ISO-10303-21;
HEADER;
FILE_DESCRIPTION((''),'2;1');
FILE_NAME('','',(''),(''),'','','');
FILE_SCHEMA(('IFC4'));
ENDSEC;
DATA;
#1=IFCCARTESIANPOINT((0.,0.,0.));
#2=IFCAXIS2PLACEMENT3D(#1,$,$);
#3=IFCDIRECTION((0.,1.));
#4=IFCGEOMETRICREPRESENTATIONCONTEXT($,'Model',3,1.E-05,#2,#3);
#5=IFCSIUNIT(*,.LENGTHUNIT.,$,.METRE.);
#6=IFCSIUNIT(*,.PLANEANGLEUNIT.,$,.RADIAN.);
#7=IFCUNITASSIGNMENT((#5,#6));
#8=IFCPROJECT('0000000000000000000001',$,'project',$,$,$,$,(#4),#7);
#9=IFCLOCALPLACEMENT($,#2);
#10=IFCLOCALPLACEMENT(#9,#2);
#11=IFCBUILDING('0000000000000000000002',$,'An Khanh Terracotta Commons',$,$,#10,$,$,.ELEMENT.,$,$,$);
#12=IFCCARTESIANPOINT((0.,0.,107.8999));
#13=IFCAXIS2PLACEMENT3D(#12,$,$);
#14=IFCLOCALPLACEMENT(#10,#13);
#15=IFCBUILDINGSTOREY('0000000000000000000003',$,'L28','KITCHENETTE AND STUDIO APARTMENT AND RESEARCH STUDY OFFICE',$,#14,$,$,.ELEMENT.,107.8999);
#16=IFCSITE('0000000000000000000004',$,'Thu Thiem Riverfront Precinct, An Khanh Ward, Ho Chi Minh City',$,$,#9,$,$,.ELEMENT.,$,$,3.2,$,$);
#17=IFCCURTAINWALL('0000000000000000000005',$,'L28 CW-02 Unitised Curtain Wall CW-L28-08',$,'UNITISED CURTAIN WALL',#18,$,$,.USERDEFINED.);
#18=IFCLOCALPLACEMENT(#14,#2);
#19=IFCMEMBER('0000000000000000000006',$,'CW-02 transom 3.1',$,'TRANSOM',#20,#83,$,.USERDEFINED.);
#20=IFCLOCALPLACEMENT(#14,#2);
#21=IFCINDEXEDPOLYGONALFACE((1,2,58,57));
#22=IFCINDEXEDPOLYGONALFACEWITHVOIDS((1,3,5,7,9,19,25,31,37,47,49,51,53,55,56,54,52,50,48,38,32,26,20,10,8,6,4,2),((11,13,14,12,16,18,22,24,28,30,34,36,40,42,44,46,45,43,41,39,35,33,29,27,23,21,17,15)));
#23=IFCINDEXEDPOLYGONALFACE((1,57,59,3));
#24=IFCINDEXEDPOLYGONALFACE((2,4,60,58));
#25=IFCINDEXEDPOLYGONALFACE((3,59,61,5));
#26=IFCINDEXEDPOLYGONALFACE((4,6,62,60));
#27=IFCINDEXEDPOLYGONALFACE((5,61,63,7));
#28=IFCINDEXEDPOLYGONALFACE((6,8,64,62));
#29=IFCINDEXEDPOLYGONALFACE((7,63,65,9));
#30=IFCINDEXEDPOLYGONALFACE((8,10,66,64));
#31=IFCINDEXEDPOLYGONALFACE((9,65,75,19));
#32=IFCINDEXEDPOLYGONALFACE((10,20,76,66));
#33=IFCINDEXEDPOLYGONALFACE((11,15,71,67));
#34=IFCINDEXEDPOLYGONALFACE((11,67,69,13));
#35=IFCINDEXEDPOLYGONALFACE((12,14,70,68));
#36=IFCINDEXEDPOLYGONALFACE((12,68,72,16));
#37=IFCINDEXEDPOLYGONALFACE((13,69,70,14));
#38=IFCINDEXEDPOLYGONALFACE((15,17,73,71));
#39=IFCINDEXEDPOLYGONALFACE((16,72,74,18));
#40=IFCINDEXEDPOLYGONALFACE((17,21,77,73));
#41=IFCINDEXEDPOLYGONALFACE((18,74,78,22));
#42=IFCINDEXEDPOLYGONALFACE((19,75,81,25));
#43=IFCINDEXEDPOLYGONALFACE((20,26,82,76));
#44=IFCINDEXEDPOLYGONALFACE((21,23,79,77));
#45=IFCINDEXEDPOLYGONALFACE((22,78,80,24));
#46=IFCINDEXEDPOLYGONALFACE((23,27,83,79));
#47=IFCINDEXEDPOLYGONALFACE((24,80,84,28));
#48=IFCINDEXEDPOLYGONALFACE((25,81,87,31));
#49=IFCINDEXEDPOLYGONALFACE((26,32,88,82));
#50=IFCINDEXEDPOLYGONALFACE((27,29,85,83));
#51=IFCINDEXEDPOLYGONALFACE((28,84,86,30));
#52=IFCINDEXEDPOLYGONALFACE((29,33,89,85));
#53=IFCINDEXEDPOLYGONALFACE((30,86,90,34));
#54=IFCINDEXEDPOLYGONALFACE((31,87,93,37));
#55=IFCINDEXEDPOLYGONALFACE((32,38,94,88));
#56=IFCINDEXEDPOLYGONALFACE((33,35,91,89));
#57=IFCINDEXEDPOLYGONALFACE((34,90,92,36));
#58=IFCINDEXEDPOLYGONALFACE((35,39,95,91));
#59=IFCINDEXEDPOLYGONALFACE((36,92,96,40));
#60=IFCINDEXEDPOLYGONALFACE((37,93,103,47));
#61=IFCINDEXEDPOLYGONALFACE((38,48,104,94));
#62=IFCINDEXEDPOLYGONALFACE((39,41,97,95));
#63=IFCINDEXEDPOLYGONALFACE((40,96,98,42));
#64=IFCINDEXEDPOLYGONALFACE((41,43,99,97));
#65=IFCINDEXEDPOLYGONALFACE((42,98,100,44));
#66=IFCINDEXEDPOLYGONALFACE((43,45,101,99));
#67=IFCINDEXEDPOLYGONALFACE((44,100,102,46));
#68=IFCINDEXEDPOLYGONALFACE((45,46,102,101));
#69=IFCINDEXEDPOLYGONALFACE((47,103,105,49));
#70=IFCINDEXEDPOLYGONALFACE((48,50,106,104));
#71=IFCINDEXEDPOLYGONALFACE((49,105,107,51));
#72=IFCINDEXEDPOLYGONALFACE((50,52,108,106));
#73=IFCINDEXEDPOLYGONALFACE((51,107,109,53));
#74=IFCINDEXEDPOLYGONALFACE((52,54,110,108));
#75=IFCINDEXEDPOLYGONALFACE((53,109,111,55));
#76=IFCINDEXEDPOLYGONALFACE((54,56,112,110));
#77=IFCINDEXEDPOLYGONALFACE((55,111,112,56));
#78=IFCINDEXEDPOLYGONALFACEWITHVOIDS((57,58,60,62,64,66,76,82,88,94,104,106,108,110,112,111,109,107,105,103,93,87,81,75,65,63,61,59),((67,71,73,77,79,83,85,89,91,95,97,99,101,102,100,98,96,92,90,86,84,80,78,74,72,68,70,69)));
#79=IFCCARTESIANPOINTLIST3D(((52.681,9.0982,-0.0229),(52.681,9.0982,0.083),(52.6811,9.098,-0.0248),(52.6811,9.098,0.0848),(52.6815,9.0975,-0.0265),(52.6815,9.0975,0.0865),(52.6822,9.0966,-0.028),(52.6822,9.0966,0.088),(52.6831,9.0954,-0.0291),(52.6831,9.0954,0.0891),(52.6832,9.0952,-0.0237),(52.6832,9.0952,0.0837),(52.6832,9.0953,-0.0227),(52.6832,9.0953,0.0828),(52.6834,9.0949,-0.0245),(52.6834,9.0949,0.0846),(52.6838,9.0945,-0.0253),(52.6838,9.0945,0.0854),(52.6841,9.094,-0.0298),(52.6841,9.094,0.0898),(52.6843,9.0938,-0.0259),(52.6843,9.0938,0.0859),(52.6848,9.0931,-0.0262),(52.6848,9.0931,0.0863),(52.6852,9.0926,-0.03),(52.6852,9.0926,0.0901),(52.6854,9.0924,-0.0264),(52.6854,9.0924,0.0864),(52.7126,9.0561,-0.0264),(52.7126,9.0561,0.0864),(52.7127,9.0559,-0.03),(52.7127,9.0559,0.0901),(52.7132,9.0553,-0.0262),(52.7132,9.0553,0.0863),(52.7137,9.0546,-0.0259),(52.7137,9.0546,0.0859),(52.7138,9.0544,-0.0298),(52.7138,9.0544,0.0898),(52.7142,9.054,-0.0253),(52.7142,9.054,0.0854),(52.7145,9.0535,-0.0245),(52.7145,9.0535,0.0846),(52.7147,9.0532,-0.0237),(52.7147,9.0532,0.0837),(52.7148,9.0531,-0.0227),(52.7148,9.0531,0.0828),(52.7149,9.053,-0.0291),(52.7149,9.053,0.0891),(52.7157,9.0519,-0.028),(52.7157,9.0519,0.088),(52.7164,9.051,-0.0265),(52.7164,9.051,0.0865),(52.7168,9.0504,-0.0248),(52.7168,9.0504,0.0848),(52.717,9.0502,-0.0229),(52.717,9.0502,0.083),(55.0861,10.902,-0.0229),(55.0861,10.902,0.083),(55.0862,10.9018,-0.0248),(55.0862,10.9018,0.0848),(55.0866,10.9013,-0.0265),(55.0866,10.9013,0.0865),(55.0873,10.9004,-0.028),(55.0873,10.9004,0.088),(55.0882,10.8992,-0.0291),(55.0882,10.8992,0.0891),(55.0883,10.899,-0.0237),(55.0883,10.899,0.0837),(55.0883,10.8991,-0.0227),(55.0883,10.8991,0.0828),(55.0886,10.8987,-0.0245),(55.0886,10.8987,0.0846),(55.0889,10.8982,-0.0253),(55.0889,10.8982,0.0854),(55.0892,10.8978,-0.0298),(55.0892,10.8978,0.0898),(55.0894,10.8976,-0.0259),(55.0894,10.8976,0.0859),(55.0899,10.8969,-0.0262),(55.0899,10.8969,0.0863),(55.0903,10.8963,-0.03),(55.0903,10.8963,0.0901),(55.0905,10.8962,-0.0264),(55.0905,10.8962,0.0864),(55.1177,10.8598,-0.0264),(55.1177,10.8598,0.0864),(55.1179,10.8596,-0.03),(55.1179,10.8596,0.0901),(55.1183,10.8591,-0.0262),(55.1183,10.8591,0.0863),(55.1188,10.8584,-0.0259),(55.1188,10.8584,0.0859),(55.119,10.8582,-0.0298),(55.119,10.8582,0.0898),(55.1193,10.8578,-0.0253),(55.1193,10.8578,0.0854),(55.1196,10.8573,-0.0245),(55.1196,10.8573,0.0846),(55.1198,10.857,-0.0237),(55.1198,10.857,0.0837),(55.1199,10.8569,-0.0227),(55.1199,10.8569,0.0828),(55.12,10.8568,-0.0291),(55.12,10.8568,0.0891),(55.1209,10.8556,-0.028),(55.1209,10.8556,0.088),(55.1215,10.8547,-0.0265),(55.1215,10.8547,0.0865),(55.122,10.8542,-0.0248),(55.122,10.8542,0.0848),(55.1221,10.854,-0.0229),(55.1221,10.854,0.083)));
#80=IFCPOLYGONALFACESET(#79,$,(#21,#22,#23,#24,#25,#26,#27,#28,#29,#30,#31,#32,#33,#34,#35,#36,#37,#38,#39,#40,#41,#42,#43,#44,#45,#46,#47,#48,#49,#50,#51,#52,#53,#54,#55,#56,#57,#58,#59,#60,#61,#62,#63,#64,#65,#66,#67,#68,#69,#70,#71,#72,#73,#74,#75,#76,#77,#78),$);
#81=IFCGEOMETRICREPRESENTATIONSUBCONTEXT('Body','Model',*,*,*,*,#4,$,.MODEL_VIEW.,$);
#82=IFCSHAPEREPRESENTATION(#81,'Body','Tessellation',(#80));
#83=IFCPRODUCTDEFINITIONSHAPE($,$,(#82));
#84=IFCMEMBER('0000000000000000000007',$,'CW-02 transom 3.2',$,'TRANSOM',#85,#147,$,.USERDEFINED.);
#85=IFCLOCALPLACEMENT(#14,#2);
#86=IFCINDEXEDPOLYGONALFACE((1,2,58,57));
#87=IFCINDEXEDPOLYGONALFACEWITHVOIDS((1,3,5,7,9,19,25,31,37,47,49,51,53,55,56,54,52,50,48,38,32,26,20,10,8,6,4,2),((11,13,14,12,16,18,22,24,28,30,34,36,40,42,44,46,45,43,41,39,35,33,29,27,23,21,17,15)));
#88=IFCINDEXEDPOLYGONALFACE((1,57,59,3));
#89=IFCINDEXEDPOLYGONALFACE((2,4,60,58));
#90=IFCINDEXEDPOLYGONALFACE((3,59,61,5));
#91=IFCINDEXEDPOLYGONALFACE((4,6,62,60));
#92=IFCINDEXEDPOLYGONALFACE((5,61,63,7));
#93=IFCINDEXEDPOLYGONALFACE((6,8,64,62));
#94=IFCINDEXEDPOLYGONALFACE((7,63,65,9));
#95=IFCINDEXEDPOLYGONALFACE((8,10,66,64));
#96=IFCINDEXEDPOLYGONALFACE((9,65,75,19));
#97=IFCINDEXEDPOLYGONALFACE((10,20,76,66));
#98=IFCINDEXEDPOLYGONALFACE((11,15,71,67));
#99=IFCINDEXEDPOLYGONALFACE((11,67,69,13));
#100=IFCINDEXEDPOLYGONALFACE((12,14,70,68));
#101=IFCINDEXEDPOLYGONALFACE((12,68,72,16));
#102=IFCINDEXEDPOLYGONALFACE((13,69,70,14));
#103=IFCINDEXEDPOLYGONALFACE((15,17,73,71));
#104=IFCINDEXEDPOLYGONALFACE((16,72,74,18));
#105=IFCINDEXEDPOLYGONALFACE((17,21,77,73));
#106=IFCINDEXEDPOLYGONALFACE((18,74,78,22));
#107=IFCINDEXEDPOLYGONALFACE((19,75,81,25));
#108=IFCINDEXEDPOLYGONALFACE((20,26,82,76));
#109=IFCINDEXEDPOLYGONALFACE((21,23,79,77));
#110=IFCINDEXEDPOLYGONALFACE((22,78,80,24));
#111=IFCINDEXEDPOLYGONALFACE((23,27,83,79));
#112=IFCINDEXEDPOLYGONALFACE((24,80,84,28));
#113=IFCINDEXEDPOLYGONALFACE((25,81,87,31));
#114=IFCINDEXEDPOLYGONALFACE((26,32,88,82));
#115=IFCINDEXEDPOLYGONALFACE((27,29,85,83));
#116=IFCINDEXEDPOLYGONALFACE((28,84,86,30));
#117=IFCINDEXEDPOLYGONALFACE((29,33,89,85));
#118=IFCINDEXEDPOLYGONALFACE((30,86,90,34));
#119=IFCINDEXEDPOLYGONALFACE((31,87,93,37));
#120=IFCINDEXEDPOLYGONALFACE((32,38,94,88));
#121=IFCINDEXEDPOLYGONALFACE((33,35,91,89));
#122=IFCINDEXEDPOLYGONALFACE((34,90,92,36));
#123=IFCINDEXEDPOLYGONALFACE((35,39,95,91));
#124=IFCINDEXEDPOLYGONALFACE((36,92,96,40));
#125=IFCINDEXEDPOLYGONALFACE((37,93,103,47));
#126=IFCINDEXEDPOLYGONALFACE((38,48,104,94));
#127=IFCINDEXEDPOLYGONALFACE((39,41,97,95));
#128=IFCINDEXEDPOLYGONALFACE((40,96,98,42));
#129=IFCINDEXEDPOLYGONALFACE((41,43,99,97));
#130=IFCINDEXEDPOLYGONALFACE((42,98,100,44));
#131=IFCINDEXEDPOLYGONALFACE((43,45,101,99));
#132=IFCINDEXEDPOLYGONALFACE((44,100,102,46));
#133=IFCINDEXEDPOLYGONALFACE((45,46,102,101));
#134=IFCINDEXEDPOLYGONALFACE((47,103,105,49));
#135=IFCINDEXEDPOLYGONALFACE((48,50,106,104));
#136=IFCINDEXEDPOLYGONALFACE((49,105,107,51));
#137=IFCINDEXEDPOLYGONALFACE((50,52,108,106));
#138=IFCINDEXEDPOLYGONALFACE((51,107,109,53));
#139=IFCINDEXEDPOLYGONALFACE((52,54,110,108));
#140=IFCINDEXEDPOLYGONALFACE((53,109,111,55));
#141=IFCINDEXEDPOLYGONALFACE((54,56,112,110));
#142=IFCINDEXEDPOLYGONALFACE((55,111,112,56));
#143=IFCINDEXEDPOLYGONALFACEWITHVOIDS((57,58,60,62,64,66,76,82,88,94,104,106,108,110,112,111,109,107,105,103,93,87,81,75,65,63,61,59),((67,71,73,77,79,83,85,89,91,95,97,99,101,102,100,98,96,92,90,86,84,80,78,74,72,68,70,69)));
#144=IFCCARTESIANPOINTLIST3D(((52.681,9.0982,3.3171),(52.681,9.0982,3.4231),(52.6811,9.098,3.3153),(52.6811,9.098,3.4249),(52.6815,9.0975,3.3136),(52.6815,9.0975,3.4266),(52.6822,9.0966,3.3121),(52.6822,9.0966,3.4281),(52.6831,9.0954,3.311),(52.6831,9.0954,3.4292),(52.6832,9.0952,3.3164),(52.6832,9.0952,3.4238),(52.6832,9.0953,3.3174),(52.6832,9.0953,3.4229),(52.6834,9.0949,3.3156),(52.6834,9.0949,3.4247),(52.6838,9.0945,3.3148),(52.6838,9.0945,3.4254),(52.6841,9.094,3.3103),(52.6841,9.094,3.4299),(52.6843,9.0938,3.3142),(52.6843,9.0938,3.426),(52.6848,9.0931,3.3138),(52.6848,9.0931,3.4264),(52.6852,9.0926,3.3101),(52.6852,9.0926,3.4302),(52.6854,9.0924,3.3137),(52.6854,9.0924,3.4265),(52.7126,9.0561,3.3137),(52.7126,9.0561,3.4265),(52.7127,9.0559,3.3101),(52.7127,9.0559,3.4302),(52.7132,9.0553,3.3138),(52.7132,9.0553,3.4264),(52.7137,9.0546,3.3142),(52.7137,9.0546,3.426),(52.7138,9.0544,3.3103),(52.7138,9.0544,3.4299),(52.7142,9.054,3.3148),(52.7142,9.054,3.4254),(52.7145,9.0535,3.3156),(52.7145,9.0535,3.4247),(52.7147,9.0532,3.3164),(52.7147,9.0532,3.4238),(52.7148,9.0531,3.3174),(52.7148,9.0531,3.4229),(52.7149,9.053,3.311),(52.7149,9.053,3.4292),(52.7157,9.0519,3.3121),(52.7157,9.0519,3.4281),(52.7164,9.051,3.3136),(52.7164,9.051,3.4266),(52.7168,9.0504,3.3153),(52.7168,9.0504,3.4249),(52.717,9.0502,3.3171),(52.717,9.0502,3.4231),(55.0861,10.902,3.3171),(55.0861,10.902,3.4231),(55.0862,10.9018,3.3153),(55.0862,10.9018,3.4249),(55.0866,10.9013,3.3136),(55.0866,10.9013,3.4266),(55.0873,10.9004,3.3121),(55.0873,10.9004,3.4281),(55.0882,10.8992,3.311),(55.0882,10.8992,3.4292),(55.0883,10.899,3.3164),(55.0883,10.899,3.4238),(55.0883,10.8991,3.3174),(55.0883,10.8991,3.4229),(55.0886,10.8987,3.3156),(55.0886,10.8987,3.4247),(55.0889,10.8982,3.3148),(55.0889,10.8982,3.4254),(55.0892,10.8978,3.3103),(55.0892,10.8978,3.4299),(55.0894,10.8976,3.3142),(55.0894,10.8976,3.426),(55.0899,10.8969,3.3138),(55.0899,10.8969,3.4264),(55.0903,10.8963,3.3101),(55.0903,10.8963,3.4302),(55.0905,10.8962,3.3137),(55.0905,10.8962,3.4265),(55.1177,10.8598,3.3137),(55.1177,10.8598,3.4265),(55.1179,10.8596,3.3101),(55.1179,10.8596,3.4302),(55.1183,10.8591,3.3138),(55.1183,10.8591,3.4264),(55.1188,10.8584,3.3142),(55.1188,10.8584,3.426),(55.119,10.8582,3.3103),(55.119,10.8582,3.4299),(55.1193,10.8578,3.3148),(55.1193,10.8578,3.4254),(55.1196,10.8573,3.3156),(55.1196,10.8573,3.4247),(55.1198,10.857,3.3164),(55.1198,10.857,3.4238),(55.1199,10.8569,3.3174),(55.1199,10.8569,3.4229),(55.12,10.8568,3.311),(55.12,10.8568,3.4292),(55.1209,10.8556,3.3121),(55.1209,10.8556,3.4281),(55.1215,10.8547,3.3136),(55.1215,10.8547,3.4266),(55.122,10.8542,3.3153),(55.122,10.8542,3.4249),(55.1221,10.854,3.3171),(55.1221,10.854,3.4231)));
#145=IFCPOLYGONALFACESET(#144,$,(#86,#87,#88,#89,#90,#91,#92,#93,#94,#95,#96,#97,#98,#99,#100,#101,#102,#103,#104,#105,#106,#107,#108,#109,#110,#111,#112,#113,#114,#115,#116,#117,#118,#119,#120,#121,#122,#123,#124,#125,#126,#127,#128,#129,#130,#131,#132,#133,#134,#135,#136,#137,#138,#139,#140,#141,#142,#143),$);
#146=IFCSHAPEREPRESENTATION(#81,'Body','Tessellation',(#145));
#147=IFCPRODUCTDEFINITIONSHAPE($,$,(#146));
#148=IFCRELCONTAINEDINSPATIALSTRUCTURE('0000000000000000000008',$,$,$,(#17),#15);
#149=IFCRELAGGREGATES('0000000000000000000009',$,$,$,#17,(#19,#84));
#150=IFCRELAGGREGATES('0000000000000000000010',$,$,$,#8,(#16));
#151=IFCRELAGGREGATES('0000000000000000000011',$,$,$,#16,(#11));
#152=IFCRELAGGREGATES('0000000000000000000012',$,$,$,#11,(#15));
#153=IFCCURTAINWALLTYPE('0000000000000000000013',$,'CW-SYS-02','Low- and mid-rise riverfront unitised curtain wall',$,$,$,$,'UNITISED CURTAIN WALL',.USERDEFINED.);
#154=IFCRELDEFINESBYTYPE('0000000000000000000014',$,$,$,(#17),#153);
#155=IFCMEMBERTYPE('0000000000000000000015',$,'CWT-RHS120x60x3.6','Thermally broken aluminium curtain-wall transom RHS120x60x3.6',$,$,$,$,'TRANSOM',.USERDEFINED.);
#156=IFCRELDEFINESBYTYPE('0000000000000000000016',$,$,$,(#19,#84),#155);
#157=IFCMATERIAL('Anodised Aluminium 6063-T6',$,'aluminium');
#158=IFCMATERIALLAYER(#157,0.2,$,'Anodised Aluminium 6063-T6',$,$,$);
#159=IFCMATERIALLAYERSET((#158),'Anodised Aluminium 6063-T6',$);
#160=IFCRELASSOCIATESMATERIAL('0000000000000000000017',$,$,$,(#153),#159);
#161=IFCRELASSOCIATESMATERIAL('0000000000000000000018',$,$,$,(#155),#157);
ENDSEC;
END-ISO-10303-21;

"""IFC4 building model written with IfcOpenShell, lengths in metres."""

from ifc_helpers import new_model, si_unit, direction, frame, origin, origin_2d, place, context, subcontext, project, spatial, hollow_rectangle, extrude, material, layer, layer_set, material_profile, profile_set, type_object, element, aggregate, save


model = new_model("IFC4")

# Units and contexts
model_context = context("Model", 3, precision=1e-05, world=origin(), true_north=direction((0.0, 1.0)))
body_context = subcontext(model_context, "Body", "Model", "MODEL_VIEW")
ifc_project = project(units=[si_unit("LENGTHUNIT", "METRE"), si_unit("PLANEANGLEUNIT", "RADIAN")], contexts=[model_context])

# Site, building, storey
site_placement = place(None, origin())
site = spatial("IfcSite", under=ifc_project, at=site_placement, Name="Thu Thiem Riverfront Precinct, An Khanh Ward, Ho Chi Minh City", CompositionType="ELEMENT", RefElevation=3.2)
building_placement = place(site_placement, origin())
building = spatial("IfcBuilding", under=site, at=building_placement, Name="An Khanh Terracotta Commons", CompositionType="ELEMENT")
storey_placement = place(building_placement, frame((0.0, 0.0, 107.8999)))
storey = spatial("IfcBuildingStorey", under=building, at=storey_placement, Name="L28", Description="KITCHENETTE AND STUDIO APARTMENT AND RESEARCH STUDY OFFICE", CompositionType="ELEMENT", Elevation=107.8999)

# Curtain wall
ifc_material_1 = material(Name="Anodised Aluminium 6063-T6", Category="aluminium")
ifc_layer_1 = layer(ifc_material_1, 0.2, Name="Anodised Aluminium 6063-T6")
ifc_layer_set_1 = layer_set([ifc_layer_1], Name="Anodised Aluminium 6063-T6")
curtain_wall_type = type_object("IfcCurtainWallType", Name="CW-SYS-02", Description="Low- and mid-rise riverfront unitised curtain wall", ElementType="UNITISED CURTAIN WALL", PredefinedType="USERDEFINED", material=ifc_layer_set_1)
curtain_wall_1_placement = place(storey_placement, origin())
curtain_wall_1 = element("IfcCurtainWall", 1, at=curtain_wall_1_placement, inside=storey, type_object=curtain_wall_type, Name="L28 CW-02 Unitised Curtain Wall CW-L28-08", ObjectType="UNITISED CURTAIN WALL", PredefinedType="USERDEFINED")

# Members
ifc_material_profile_1 = material_profile(ifc_material_1, hollow_rectangle(XDim=0.0601, YDim=0.1201, WallThickness=0.0037, InnerFilletRadius=0.0037, OuterFilletRadius=0.0071, at=origin_2d()), Name="RHS120x60x3.6")
ifc_profile_set_1 = profile_set([ifc_material_profile_1], Name="Anodised Aluminium 6063-T6")
member_type_1 = type_object("IfcMemberType", Name="CWT-RHS120x60x3.6", Description="Thermally broken aluminium curtain-wall transom RHS120x60x3.6", ElementType="TRANSOM", PredefinedType="USERDEFINED", material=ifc_profile_set_1)
member_1_placement = place(storey_placement, frame((52.699, 9.0742, 0.03), z_axis=(0.80001, 0.599987, 0.0), x_axis=(-0.599987, 0.80001, 0.0)))
member_1 = element("IfcMember", 2, at=member_1_placement, type_object=member_type_1, Name="CW-02 transom 3.1", ObjectType="TRANSOM", PredefinedType="USERDEFINED", context=body_context, shape_type="SweptSolid", body=[
    extrude(hollow_rectangle(XDim=0.0601, YDim=0.1201, WallThickness=0.0037, InnerFilletRadius=0.0037, OuterFilletRadius=0.0071, at=origin_2d()), origin(), (0.0, 0.0, 1.0), 3.0063),
])
member_2_placement = place(storey_placement, frame((52.699, 9.0742, 3.3701), z_axis=(0.80001, 0.599987, 0.0), x_axis=(-0.599987, 0.80001, 0.0)))
member_2 = element("IfcMember", 3, at=member_2_placement, type_object=member_type_1, Name="CW-02 transom 3.2", ObjectType="TRANSOM", PredefinedType="USERDEFINED", context=body_context, shape_type="SweptSolid", body=[
    extrude(hollow_rectangle(XDim=0.0601, YDim=0.1201, WallThickness=0.0037, InnerFilletRadius=0.0037, OuterFilletRadius=0.0071, at=origin_2d()), origin(), (0.0, 0.0, 1.0), 3.0063),
])

aggregate(curtain_wall_1, [member_1, member_2])

save(model, "model.ifc")
